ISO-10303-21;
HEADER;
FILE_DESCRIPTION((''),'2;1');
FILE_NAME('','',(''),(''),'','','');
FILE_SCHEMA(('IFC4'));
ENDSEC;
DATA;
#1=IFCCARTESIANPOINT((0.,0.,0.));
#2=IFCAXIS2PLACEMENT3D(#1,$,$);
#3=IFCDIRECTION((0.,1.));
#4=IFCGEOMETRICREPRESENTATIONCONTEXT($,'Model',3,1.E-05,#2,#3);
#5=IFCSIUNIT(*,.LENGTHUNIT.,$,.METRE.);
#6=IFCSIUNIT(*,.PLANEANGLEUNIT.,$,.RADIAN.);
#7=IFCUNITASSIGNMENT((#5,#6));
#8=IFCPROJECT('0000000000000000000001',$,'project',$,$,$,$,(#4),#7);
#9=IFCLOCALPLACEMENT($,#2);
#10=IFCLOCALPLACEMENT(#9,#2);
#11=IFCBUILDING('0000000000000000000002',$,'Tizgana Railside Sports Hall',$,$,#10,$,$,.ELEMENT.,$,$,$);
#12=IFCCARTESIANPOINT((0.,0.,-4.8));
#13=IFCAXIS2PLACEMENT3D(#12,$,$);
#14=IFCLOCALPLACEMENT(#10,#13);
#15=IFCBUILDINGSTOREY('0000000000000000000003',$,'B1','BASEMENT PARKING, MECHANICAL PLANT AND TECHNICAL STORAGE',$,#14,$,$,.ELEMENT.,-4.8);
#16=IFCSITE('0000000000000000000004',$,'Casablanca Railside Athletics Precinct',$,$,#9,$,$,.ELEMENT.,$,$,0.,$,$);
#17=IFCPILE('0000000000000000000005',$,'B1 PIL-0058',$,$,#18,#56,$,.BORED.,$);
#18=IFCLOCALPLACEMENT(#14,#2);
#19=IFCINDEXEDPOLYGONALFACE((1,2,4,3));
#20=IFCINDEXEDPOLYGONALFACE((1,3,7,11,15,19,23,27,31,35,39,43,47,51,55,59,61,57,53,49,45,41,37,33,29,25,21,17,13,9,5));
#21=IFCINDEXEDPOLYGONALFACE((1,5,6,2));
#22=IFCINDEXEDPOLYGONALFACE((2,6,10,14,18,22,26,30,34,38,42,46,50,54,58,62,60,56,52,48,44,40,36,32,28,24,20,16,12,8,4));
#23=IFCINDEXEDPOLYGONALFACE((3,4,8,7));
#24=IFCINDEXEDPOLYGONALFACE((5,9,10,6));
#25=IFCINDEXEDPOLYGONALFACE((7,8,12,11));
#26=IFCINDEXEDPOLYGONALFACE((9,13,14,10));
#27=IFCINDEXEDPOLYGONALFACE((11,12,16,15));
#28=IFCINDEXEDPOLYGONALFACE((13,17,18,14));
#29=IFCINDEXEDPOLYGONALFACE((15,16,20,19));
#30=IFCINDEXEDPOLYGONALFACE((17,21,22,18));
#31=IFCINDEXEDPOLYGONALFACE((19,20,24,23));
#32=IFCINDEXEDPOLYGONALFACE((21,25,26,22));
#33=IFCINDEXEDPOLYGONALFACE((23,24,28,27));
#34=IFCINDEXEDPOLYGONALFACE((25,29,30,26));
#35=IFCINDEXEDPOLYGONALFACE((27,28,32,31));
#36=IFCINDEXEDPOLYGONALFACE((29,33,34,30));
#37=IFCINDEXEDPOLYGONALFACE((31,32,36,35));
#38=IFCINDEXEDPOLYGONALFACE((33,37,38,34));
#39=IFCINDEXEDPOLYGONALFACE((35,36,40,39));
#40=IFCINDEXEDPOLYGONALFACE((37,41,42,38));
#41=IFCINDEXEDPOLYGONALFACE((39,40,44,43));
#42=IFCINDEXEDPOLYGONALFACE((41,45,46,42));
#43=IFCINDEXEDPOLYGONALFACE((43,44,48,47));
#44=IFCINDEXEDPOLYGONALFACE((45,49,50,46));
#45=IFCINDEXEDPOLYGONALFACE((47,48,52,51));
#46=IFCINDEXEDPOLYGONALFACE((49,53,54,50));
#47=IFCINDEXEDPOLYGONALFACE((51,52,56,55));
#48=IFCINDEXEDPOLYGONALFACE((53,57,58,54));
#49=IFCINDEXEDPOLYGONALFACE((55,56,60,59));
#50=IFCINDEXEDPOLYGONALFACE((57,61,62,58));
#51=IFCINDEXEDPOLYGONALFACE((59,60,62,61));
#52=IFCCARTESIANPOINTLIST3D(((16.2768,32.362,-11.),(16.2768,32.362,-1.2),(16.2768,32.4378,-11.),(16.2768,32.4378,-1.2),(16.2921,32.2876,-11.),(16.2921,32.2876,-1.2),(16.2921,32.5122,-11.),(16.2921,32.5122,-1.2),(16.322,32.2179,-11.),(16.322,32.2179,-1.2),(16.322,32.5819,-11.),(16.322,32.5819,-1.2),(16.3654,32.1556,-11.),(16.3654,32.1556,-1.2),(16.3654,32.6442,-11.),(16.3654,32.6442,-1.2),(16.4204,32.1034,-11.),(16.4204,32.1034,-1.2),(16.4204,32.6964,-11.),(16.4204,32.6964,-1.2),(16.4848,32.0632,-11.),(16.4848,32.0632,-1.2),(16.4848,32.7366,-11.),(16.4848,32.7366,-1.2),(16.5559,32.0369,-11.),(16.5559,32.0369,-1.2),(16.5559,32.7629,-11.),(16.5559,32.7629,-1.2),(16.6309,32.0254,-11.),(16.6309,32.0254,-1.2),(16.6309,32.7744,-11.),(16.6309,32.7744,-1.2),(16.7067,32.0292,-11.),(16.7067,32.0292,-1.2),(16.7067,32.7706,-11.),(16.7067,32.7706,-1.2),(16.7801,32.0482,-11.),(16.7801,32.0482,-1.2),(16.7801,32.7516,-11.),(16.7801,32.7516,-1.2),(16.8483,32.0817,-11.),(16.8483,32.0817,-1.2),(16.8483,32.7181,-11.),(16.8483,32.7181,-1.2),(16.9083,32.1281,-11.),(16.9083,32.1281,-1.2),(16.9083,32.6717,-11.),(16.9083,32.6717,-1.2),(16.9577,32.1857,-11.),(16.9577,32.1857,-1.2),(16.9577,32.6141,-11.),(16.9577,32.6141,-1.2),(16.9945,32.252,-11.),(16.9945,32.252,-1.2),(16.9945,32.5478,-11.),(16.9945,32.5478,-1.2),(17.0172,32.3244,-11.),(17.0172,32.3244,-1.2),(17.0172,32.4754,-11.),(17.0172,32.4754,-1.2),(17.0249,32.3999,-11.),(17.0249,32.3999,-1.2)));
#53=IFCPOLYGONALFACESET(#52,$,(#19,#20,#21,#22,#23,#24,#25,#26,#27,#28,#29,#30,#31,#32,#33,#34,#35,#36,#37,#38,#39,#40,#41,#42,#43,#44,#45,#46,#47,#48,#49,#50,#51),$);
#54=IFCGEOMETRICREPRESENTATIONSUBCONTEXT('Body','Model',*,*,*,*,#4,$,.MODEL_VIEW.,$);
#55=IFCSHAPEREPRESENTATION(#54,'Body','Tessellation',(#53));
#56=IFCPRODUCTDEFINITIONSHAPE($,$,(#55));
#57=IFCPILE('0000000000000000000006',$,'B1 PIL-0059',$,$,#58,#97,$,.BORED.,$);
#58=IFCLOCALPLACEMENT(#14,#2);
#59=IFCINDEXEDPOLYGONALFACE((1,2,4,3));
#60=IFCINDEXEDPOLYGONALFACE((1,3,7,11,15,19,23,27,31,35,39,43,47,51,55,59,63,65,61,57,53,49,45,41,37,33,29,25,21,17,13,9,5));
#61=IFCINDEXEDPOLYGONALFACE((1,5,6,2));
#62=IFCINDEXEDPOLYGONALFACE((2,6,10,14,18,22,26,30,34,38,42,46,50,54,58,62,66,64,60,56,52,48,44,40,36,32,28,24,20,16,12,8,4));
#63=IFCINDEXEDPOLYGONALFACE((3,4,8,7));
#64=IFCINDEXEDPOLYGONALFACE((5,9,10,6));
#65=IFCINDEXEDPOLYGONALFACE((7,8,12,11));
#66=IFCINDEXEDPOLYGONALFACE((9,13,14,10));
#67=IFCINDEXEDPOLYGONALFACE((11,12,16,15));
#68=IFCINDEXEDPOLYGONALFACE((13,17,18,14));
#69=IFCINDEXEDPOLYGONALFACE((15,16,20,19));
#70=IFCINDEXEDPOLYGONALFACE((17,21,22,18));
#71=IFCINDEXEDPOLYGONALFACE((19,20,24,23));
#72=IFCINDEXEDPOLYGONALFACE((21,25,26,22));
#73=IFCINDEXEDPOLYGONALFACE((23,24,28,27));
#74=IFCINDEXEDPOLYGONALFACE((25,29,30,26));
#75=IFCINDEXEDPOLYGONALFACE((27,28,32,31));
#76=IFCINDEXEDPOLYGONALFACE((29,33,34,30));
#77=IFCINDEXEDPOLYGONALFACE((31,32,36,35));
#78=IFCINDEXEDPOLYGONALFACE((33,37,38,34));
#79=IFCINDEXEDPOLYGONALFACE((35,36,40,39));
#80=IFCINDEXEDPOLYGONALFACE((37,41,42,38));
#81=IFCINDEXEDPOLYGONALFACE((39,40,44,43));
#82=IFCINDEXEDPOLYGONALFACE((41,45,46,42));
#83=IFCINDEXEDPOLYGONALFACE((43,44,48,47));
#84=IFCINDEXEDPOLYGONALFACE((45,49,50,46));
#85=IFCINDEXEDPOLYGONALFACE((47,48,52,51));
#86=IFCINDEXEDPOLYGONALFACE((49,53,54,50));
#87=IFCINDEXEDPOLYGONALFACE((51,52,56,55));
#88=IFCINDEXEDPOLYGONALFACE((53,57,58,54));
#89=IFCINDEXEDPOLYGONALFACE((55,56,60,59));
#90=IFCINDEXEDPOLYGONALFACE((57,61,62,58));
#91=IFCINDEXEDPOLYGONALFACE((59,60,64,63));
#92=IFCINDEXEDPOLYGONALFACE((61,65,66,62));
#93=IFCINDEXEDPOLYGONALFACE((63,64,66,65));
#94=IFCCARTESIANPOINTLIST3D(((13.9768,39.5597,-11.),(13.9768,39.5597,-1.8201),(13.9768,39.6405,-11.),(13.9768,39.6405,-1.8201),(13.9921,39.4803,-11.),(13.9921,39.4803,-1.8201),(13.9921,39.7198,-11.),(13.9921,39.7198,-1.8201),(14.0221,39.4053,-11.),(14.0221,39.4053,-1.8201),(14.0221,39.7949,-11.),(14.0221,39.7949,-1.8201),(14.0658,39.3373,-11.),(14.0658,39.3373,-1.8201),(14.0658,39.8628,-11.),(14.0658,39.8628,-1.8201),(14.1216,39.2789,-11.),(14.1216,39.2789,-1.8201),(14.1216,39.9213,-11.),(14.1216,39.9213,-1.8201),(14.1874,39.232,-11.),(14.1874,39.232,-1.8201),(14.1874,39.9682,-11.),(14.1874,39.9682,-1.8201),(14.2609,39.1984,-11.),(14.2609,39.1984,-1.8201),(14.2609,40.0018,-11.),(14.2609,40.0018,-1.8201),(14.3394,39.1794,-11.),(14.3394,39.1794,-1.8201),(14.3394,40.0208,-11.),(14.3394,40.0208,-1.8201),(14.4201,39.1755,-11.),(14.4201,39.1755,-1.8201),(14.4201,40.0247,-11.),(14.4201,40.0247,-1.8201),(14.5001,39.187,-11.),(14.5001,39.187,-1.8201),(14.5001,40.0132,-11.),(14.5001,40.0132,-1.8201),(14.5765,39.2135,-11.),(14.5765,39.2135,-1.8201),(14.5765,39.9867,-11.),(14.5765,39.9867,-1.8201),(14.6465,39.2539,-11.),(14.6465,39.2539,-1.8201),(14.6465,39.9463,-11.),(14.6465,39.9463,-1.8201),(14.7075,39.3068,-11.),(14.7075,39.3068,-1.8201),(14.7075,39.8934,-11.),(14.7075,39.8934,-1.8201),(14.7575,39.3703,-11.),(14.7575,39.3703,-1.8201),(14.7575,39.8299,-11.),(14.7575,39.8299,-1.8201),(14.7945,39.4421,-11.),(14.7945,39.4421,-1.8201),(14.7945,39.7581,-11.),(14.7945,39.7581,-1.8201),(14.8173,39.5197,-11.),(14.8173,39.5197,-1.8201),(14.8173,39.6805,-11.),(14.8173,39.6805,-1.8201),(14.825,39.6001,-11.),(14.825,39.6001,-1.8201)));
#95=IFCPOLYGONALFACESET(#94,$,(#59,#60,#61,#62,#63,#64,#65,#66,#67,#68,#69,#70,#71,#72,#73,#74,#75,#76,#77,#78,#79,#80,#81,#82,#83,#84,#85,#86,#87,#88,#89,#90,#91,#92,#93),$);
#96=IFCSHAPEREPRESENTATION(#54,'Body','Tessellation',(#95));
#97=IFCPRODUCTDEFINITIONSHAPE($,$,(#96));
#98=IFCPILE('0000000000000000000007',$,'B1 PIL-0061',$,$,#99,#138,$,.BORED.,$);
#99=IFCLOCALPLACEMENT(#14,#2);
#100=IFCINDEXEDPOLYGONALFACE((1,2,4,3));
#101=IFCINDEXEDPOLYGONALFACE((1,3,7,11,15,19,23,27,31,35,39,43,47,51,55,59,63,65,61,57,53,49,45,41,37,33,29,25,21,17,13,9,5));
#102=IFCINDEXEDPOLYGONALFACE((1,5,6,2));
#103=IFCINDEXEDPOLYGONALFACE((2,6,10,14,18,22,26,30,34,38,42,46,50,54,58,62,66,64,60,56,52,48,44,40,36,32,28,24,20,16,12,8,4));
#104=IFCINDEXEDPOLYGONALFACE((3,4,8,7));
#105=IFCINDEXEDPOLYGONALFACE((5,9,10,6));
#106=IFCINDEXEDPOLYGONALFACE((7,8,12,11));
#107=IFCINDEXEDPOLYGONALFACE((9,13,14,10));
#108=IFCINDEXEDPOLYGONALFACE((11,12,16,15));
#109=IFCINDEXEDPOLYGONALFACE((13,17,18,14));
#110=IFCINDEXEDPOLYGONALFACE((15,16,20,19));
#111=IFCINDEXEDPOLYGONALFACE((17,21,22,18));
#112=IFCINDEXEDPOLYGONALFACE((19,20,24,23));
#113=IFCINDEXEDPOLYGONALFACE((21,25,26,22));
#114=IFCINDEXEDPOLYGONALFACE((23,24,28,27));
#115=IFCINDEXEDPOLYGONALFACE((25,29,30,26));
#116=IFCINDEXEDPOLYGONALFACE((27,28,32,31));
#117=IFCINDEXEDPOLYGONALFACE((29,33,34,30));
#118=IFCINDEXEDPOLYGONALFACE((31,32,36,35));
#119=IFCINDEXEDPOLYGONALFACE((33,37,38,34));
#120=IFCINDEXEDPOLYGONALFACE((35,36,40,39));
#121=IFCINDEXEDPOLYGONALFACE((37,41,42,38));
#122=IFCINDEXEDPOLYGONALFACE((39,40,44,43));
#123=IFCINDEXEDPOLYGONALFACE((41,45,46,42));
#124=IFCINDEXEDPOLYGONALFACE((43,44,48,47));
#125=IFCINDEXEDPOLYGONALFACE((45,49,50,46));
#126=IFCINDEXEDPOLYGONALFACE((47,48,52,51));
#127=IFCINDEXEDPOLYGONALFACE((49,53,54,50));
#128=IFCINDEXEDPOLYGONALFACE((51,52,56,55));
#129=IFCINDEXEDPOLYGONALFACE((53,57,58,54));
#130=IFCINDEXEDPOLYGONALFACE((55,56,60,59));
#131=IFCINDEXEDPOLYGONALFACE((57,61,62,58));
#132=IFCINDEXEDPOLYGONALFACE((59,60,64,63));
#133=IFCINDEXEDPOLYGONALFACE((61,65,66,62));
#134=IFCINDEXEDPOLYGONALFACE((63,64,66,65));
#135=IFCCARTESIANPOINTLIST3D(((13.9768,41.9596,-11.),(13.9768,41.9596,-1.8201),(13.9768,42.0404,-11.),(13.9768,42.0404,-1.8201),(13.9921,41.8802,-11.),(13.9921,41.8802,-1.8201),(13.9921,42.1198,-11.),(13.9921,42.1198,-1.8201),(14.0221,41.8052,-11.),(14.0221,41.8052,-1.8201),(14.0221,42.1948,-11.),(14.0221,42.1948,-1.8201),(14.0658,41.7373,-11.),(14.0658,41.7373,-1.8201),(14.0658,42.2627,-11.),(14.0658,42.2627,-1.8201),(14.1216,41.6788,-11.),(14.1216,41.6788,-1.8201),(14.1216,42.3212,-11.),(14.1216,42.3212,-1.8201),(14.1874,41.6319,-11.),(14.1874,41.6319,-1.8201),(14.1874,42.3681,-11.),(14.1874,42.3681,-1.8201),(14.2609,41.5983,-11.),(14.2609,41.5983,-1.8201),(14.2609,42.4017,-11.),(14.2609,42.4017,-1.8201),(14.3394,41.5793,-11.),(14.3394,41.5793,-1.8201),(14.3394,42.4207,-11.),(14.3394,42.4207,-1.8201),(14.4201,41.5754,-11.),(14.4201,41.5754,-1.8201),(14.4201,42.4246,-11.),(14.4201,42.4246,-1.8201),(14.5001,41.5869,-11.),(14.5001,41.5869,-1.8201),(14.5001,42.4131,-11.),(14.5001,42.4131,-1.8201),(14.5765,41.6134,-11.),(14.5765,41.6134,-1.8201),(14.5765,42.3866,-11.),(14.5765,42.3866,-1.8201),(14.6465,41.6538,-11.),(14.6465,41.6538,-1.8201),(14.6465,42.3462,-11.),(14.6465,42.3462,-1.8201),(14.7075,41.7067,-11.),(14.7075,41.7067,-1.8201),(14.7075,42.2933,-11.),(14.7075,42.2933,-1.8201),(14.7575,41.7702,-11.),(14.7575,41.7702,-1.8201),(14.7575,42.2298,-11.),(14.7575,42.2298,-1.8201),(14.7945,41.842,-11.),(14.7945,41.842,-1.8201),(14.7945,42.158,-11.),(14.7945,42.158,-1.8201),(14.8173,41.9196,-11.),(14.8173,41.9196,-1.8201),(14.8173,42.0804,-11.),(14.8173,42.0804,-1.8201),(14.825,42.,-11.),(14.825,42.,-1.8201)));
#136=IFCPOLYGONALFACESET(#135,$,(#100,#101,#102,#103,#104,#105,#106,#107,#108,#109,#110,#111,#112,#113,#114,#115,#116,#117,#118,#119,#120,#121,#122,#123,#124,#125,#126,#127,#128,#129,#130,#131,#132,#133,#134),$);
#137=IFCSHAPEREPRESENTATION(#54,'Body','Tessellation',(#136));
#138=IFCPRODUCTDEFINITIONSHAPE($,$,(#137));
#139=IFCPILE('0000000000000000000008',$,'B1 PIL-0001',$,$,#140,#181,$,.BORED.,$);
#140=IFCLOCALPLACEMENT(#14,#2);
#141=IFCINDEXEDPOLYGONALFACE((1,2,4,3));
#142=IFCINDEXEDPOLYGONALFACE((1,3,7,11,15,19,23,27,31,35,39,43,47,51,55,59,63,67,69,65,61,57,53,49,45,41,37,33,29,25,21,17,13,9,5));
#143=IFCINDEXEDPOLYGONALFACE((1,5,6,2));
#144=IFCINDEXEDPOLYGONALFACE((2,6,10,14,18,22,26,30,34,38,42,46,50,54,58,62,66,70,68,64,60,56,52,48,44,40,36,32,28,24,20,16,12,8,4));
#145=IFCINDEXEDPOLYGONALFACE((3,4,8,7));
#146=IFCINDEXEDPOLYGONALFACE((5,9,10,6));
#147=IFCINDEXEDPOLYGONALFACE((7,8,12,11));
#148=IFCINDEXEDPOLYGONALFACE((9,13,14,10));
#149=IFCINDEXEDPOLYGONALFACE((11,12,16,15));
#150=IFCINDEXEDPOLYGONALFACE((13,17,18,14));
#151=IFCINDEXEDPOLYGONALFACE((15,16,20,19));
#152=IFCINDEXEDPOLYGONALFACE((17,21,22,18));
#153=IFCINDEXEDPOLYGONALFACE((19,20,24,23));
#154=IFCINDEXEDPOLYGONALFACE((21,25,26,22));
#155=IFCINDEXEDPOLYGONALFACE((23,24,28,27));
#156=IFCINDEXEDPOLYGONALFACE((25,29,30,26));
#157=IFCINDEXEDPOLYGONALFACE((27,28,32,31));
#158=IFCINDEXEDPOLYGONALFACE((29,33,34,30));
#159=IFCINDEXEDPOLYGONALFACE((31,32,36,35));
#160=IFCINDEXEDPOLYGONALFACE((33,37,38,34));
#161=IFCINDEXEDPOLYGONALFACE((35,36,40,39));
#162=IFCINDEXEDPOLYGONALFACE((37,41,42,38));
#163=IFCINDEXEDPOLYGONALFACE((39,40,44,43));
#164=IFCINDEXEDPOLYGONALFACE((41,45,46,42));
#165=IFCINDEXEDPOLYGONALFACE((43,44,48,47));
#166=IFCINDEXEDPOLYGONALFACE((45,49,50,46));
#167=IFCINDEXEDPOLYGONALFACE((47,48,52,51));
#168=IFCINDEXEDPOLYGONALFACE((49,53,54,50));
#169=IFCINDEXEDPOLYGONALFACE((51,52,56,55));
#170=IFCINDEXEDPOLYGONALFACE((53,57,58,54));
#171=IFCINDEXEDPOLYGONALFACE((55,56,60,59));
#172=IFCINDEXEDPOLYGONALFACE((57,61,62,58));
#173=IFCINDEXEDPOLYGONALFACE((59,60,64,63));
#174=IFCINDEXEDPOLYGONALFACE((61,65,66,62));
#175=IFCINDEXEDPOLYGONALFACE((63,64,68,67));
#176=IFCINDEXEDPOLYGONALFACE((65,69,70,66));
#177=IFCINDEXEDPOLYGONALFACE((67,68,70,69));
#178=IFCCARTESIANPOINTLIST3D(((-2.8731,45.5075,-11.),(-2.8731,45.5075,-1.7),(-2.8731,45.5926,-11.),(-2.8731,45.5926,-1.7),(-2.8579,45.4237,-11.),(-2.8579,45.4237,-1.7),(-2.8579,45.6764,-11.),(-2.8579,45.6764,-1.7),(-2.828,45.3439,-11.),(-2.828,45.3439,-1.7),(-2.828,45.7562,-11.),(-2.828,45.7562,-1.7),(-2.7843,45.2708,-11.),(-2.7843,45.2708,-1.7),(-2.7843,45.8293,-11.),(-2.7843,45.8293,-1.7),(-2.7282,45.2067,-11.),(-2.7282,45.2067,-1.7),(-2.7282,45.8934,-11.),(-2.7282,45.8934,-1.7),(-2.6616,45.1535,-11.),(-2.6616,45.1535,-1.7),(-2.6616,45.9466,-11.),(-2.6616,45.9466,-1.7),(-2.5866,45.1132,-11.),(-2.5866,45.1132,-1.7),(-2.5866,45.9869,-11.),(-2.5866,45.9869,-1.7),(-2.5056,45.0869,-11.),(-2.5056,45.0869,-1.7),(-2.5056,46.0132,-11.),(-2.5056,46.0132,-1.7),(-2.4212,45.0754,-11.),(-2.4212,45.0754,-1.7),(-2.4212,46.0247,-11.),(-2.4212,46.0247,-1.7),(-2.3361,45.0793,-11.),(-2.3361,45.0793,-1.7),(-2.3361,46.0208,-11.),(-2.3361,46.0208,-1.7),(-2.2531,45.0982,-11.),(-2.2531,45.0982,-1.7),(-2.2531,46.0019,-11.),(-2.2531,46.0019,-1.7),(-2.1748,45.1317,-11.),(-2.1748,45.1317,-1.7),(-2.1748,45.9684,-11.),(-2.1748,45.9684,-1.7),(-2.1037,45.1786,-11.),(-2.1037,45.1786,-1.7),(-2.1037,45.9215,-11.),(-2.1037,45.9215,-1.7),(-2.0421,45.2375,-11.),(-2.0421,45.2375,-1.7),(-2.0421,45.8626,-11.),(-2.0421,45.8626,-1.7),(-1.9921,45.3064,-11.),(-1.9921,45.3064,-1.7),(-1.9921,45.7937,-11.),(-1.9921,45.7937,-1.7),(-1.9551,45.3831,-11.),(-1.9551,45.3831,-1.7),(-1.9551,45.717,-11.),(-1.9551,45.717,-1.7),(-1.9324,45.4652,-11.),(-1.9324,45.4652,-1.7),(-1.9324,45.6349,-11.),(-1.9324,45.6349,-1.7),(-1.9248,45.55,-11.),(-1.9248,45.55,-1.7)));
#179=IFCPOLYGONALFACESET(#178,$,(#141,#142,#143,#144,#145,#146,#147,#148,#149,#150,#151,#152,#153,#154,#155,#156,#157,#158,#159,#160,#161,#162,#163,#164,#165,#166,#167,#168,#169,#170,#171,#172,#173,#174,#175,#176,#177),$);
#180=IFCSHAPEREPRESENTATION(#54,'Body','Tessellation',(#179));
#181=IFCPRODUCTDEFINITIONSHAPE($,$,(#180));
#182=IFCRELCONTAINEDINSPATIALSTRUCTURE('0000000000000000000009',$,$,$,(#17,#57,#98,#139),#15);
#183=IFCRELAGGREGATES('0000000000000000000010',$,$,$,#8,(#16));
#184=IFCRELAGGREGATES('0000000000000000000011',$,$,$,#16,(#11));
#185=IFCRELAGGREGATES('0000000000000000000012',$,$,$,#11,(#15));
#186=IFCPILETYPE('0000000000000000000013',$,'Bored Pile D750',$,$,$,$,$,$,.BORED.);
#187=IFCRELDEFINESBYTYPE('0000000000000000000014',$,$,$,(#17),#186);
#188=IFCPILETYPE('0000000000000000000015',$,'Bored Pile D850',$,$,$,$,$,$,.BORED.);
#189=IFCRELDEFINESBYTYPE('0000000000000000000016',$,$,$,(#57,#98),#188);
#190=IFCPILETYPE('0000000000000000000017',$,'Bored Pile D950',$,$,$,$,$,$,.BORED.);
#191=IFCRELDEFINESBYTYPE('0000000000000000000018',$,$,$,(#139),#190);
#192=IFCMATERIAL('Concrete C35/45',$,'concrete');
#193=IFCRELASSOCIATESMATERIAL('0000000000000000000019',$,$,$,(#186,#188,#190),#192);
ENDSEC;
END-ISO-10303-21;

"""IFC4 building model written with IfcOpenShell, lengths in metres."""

from ifc_helpers import new_model, si_unit, direction, frame, origin, origin_2d, place, context, subcontext, project, spatial, circle, extrude, material, material_profile, profile_set, type_object, element, save


model = new_model("IFC4")

# Units and contexts
model_context = context("Model", 3, precision=1e-05, world=origin(), true_north=direction((0.0, 1.0)))
body_context = subcontext(model_context, "Body", "Model", "MODEL_VIEW")
ifc_project = project(units=[si_unit("LENGTHUNIT", "METRE"), si_unit("PLANEANGLEUNIT", "RADIAN")], contexts=[model_context])

# Site, building, storey
site_placement = place(None, origin())
site = spatial("IfcSite", under=ifc_project, at=site_placement, Name="Casablanca Railside Athletics Precinct", CompositionType="ELEMENT", RefElevation=0.0)
building_placement = place(site_placement, origin())
building = spatial("IfcBuilding", under=site, at=building_placement, Name="Tizgana Railside Sports Hall", CompositionType="ELEMENT")
storey_placement = place(building_placement, frame((0.0, 0.0, -4.8)))
storey = spatial("IfcBuildingStorey", under=building, at=storey_placement, Name="B1", Description="BASEMENT PARKING, MECHANICAL PLANT AND TECHNICAL STORAGE", CompositionType="ELEMENT", Elevation=-4.8)

# Piles
ifc_material_1 = material(Name="Concrete C35/45", Category="concrete")
ifc_material_profile_1 = material_profile(ifc_material_1, circle(Radius=0.375, at=origin_2d()), Name="PILE D750")
ifc_profile_set_1 = profile_set([ifc_material_profile_1], Name="Concrete C35/45")
pile_type_1 = type_object("IfcPileType", Name="Bored Pile D750", PredefinedType="BORED", material=ifc_profile_set_1)
pile_placement = place(storey_placement, frame((16.6499, 32.3999, -1.2), z_axis=(0.0, 0.0, -1.0), x_axis=(1.0, 0.0, 0.0)))
element("IfcPile", 1, at=pile_placement, inside=storey, type_object=pile_type_1, Name="B1 PIL-0058", PredefinedType="BORED", context=body_context, shape_type="SweptSolid", body=[
    extrude(circle(Radius=0.375, at=origin_2d()), origin(), (0.0, 0.0, 1.0), 9.8),
])
ifc_material_profile_2 = material_profile(ifc_material_1, circle(Radius=0.425, at=origin_2d()), Name="PILE D850")
ifc_profile_set_2 = profile_set([ifc_material_profile_2], Name="Concrete C35/45")
pile_type_2 = type_object("IfcPileType", Name="Bored Pile D850", PredefinedType="BORED", material=ifc_profile_set_2)
for number, where, z_axis, x_axis, name in (
    (2, (14.3999, 39.6001, -1.8201), (0.0, 0.0, -1.0), (1.0, 0.0, 0.0), "B1 PIL-0059"),
    (3, (14.3999, 42.0, -1.8201), (0.0, 0.0, -1.0), (1.0, 0.0, 0.0), "B1 PIL-0061"),
):
    element("IfcPile", number, at=place(storey_placement, frame(where, z_axis=z_axis, x_axis=x_axis)), inside=storey, type_object=pile_type_2, Name=name, PredefinedType="BORED", context=body_context, shape_type="SweptSolid", body=[
        extrude(circle(Radius=0.425, at=origin_2d()), origin(), (0.0, 0.0, 1.0), 9.1799),
    ])
ifc_material_profile_3 = material_profile(ifc_material_1, circle(Radius=0.4751, at=origin_2d()), Name="PILE D950")
ifc_profile_set_3 = profile_set([ifc_material_profile_3], Name="Concrete C35/45")
pile_type_3 = type_object("IfcPileType", Name="Bored Pile D950", PredefinedType="BORED", material=ifc_profile_set_3)
for number, where, z_axis, x_axis, name in (
    (4, (-2.3999, 45.55, -1.7), (0.0, 0.0, -1.0), (1.0, 0.0, 0.0), "B1 PIL-0001"),
):
    element("IfcPile", number, at=place(storey_placement, frame(where, z_axis=z_axis, x_axis=x_axis)), inside=storey, type_object=pile_type_3, Name=name, PredefinedType="BORED", context=body_context, shape_type="SweptSolid", body=[
        extrude(circle(Radius=0.4751, at=origin_2d()), origin(), (0.0, 0.0, 1.0), 9.3),
    ])

save(model, "model.ifc")
